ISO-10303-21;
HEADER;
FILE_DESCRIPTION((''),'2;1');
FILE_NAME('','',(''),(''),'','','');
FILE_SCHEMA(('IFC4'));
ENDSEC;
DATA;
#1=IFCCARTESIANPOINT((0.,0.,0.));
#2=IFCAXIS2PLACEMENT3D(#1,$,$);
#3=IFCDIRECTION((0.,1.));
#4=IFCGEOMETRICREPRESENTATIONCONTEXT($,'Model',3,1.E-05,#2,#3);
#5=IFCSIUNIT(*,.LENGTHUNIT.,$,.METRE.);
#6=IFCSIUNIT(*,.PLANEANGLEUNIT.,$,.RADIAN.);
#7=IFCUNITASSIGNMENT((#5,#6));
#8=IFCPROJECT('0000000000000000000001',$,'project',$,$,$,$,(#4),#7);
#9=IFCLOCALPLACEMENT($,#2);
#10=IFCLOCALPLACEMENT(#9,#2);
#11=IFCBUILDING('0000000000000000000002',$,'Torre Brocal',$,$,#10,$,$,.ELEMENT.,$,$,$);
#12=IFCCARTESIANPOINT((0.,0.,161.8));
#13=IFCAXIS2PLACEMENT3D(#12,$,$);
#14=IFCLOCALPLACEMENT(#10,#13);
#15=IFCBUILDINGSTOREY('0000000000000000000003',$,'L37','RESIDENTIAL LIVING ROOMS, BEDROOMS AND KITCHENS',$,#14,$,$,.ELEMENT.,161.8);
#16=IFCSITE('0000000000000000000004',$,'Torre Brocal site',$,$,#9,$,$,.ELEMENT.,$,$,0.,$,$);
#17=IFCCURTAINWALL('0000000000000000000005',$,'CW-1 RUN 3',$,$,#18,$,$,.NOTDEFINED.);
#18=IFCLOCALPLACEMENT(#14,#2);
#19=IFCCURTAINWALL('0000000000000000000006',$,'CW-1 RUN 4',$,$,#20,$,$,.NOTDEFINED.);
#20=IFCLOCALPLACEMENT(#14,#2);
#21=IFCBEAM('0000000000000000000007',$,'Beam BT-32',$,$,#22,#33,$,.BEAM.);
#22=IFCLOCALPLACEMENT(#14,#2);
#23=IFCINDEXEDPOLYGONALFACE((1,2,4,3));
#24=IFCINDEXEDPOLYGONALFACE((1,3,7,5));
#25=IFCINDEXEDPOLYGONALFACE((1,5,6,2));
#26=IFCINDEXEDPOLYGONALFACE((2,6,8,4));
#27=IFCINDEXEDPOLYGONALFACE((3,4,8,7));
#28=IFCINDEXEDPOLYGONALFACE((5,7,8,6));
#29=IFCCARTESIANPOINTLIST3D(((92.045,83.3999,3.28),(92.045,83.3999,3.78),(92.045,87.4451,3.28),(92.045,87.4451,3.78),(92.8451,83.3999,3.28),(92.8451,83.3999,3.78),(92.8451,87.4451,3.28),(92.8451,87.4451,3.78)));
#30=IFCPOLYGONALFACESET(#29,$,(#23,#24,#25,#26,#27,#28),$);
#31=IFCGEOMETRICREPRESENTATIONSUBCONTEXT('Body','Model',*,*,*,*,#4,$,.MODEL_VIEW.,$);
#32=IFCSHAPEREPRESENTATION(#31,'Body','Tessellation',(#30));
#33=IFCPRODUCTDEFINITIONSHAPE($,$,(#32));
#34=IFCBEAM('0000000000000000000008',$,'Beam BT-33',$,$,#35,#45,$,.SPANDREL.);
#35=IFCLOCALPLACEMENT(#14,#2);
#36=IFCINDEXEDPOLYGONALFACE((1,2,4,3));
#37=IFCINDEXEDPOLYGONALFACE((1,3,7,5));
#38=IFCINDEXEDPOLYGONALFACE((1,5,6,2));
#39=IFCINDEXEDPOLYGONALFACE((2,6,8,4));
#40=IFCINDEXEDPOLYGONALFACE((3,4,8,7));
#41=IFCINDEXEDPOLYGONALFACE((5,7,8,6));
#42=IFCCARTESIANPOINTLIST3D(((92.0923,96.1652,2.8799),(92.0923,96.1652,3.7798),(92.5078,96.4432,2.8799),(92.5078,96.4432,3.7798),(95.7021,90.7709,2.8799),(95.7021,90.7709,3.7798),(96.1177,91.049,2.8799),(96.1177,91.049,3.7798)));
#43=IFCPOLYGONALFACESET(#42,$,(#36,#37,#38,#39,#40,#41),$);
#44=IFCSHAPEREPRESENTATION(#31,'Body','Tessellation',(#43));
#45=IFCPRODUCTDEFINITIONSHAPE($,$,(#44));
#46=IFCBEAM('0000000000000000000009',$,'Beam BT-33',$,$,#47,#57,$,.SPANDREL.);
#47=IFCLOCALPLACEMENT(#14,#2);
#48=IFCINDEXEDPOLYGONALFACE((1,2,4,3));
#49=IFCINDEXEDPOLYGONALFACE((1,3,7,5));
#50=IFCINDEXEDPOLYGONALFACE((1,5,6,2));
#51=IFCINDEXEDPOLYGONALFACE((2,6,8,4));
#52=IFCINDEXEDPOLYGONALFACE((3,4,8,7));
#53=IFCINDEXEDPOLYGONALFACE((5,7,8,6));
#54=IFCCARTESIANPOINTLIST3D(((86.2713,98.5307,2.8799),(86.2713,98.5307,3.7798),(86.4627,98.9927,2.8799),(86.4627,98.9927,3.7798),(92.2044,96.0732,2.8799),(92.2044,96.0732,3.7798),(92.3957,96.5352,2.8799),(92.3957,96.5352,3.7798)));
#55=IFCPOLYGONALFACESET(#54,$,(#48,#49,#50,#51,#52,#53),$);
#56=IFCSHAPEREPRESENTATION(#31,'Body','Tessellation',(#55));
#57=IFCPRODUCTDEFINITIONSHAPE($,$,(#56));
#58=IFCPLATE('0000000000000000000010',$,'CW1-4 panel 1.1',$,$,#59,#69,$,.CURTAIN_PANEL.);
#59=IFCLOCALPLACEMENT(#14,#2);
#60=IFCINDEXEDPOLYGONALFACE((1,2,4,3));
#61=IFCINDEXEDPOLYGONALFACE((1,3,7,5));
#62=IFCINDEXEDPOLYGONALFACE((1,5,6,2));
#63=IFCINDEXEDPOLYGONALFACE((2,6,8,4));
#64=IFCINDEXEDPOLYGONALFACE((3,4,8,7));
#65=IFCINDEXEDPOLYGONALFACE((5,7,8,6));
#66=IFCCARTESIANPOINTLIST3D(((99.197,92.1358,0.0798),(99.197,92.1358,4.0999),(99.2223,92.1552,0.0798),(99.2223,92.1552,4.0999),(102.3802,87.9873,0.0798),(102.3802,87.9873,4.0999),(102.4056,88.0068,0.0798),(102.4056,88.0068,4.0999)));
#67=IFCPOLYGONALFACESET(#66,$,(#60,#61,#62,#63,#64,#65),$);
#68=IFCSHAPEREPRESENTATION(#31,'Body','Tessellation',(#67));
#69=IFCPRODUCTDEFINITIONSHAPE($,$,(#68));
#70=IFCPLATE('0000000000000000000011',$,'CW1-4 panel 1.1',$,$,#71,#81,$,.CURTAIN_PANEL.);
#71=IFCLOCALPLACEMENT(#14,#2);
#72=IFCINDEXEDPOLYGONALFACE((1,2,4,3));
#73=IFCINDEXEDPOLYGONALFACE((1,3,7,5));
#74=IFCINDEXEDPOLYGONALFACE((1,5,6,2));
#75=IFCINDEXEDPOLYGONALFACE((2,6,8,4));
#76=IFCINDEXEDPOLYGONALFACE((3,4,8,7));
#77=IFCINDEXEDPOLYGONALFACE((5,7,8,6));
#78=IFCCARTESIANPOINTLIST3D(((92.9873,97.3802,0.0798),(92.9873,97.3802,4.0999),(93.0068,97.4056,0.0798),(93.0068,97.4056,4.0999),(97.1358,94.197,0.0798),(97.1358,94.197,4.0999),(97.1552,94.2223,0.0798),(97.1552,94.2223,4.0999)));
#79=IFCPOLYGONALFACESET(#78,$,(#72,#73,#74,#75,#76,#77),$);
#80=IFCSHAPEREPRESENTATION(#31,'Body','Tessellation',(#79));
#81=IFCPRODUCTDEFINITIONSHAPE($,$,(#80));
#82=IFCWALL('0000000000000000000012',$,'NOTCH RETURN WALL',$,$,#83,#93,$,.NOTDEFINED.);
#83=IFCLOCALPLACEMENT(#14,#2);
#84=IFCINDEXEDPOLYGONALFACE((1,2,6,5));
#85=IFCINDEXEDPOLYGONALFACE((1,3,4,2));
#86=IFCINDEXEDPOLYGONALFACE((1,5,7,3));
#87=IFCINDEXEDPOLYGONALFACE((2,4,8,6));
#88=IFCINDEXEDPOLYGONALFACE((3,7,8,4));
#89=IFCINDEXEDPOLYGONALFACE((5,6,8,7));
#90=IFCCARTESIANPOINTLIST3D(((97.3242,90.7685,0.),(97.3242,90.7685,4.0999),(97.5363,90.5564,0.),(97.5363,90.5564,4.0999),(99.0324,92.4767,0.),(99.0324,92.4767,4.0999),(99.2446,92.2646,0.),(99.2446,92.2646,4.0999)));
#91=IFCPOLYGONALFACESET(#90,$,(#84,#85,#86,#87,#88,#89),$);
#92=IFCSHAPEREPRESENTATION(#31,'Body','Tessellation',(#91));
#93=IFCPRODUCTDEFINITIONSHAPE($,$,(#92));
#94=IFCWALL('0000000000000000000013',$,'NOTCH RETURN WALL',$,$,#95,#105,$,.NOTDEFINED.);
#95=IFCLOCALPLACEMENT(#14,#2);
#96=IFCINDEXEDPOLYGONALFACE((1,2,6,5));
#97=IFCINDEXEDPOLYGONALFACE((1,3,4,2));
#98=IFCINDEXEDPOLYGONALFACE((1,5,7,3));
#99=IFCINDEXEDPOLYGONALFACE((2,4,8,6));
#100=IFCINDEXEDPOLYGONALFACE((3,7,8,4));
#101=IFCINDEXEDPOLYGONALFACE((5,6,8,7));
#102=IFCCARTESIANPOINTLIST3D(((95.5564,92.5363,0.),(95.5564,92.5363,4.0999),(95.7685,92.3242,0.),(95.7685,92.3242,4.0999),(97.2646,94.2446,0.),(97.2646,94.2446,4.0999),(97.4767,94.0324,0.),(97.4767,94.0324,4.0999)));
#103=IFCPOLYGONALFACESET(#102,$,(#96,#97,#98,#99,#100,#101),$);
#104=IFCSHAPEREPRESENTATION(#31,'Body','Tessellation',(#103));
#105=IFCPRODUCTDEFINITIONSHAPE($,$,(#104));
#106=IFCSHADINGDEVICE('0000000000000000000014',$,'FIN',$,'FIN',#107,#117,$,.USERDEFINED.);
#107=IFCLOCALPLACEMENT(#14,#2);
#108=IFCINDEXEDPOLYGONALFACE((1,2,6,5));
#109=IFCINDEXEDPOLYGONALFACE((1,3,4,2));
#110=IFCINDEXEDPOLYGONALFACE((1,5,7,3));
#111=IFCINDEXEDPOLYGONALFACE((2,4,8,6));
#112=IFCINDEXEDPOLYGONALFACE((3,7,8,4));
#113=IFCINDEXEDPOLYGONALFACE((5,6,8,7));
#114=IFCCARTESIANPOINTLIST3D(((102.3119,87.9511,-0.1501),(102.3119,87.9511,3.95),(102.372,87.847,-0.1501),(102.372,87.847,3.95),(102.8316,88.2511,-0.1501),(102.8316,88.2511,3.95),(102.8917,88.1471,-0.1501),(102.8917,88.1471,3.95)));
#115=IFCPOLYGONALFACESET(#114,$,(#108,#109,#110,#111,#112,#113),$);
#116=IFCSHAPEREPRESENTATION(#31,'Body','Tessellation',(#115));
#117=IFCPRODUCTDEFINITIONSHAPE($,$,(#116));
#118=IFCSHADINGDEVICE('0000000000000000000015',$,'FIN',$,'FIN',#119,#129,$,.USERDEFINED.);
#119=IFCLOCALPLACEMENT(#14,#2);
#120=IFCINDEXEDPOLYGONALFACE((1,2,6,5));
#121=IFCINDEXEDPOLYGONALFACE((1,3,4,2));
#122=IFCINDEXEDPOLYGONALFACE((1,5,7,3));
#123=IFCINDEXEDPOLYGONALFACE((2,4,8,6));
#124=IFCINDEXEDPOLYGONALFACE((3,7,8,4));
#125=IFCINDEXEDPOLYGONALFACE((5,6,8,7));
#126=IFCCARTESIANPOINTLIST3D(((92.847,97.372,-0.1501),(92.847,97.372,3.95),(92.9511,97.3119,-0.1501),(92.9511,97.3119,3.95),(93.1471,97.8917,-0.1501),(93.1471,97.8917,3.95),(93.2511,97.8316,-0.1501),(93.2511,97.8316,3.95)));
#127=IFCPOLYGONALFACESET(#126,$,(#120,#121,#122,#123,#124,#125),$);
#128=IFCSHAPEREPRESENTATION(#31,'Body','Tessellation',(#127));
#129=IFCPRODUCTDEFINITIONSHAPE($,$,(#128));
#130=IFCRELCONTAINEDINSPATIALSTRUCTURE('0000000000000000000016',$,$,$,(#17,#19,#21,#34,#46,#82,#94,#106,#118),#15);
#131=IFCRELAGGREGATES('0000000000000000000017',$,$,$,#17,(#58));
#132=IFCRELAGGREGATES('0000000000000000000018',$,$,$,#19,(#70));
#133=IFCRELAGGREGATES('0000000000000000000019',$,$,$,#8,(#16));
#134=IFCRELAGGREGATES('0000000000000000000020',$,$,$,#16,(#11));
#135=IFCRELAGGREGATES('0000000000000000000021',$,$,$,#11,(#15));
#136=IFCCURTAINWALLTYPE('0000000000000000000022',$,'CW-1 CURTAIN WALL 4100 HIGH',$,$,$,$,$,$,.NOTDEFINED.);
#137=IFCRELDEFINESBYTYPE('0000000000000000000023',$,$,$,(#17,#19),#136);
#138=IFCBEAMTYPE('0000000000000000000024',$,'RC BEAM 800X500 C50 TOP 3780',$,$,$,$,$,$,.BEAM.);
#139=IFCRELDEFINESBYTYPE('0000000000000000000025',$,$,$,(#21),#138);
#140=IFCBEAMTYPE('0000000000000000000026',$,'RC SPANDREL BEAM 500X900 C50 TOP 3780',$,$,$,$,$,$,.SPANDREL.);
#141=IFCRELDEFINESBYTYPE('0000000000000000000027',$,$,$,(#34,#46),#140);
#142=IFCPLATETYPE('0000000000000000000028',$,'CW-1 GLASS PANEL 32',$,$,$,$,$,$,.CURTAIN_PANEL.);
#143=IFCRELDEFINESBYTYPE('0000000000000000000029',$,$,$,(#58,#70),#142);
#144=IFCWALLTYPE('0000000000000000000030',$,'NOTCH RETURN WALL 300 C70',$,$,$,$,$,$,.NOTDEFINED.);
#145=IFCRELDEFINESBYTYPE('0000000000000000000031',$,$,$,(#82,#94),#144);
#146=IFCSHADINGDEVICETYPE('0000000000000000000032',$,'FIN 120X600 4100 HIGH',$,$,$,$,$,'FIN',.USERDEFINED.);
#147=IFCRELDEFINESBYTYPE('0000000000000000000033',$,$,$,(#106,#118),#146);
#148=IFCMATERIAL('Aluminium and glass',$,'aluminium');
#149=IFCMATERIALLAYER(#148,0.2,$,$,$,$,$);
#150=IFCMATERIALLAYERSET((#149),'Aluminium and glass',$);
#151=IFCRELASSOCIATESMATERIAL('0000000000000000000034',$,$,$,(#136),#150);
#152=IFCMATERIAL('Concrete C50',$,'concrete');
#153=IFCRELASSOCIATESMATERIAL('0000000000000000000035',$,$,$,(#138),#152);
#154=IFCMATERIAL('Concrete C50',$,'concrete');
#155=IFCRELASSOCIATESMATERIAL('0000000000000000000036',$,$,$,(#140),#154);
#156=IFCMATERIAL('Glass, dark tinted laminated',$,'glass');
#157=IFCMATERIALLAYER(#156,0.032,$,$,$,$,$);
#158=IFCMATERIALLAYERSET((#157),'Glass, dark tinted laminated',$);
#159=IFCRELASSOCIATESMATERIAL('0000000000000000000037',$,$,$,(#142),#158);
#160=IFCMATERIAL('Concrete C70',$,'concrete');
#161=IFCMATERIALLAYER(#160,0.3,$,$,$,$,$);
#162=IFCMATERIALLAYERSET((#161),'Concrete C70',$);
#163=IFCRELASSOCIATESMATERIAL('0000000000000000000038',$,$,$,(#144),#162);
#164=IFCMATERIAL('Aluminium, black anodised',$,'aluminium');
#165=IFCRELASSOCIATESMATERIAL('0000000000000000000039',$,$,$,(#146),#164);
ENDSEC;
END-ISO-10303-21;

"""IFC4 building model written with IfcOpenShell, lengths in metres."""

from ifc_helpers import new_model, si_unit, direction, frame, frame_2d, origin, origin_2d, place, context, subcontext, project, spatial, rectangle, extrude, material, layer, layer_set, material_profile, profile_set, type_object, element, aggregate, save


model = new_model("IFC4")

# Units and contexts
model_context = context("Model", 3, precision=1e-05, world=origin(), true_north=direction((0.0, 1.0)))
body_context = subcontext(model_context, "Body", "Model", "MODEL_VIEW")
ifc_project = project(units=[si_unit("LENGTHUNIT", "METRE"), si_unit("PLANEANGLEUNIT", "RADIAN")], contexts=[model_context])

# Site, building, storey
site_placement = place(None, origin())
site = spatial("IfcSite", under=ifc_project, at=site_placement, Name="Torre Brocal site", CompositionType="ELEMENT", RefElevation=0.0)
building_placement = place(site_placement, origin())
building = spatial("IfcBuilding", under=site, at=building_placement, Name="Torre Brocal", CompositionType="ELEMENT")
storey_placement = place(building_placement, frame((0.0, 0.0, 161.8)))
storey = spatial("IfcBuildingStorey", under=building, at=storey_placement, Name="L37", Description="RESIDENTIAL LIVING ROOMS, BEDROOMS AND KITCHENS", CompositionType="ELEMENT", Elevation=161.8)

# Shared definitions
ifc_material_1 = material(Name="Aluminium and glass", Category="aluminium")
ifc_layer_1 = layer(ifc_material_1, 0.2)
ifc_layer_set_1 = layer_set([ifc_layer_1], Name="Aluminium and glass")
curtain_wall_type = type_object("IfcCurtainWallType", Name="CW-1 CURTAIN WALL 4100 HIGH", PredefinedType="NOTDEFINED", material=ifc_layer_set_1)

# Curtain walls
curtain_wall_1_placement = place(storey_placement, origin())
curtain_wall_1 = element("IfcCurtainWall", 1, at=curtain_wall_1_placement, inside=storey, type_object=curtain_wall_type, Name="CW-1 RUN 3", PredefinedType="NOTDEFINED")
curtain_wall_2_placement = place(storey_placement, origin())
curtain_wall_2 = element("IfcCurtainWall", 2, at=curtain_wall_2_placement, inside=storey, type_object=curtain_wall_type, Name="CW-1 RUN 4", PredefinedType="NOTDEFINED")

# Beams
ifc_material_2 = material(Name="Concrete C50", Category="concrete")
ifc_material_profile_1 = material_profile(ifc_material_2, rectangle(XDim=0.8, YDim=0.5, at=origin_2d()), Name="RC 800X500")
ifc_profile_set_1 = profile_set([ifc_material_profile_1], Name="Concrete C50")
beam_type_1 = type_object("IfcBeamType", Name="RC BEAM 800X500 C50 TOP 3780", PredefinedType="BEAM", material=ifc_profile_set_1)
beam_1_placement = place(storey_placement, frame((92.4451, 87.4451, 3.53), z_axis=(0.0, -1.0, 0.0), x_axis=(1.0, 0.0, 0.0)))
element("IfcBeam", 3, at=beam_1_placement, inside=storey, type_object=beam_type_1, Name="Beam BT-32", PredefinedType="BEAM", context=body_context, shape_type="SweptSolid", body=[
    extrude(rectangle(XDim=0.8, YDim=0.5, at=origin_2d()), origin(), (0.0, 0.0, 1.0), 4.0452),
])
ifc_material_3 = material(Name="Concrete C50", Category="concrete")
ifc_material_profile_2 = material_profile(ifc_material_3, rectangle(XDim=0.5, YDim=0.8999, at=origin_2d()), Name="RC 500X900")
ifc_profile_set_2 = profile_set([ifc_material_profile_2], Name="Concrete C50")
beam_type_2 = type_object("IfcBeamType", Name="RC SPANDREL BEAM 500X900 C50 TOP 3780", PredefinedType="SPANDREL", material=ifc_profile_set_2)
beam_2_placement = place(storey_placement, frame((95.9099, 90.9099, 3.3298), z_axis=(-0.556158, 0.831077, 0.0), x_axis=(-0.831077, -0.556158, 0.0)))
element("IfcBeam", 4, at=beam_2_placement, inside=storey, type_object=beam_type_2, Name="Beam BT-33", PredefinedType="SPANDREL", context=body_context, shape_type="SweptSolid", body=[
    extrude(rectangle(XDim=0.5, YDim=0.8999, at=origin_2d()), origin(), (0.0, 0.0, 1.0), 6.4907),
])
beam_3_placement = place(storey_placement, frame((92.3, 96.3042, 3.3298), z_axis=(-0.923882, 0.382676, 0.0), x_axis=(-0.382676, -0.923882, 0.0)))
element("IfcBeam", 5, at=beam_3_placement, inside=storey, type_object=beam_type_2, Name="Beam BT-33", PredefinedType="SPANDREL", context=body_context, shape_type="SweptSolid", body=[
    extrude(rectangle(XDim=0.5, YDim=0.8999, at=origin_2d()), origin(), (0.0, 0.0, 1.0), 6.4219),
])

# Plates
ifc_material_4 = material(Name="Glass, dark tinted laminated", Category="glass")
ifc_layer_2 = layer(ifc_material_4, 0.032)
ifc_layer_set_2 = layer_set([ifc_layer_2], Name="Glass, dark tinted laminated")
plate_type = type_object("IfcPlateType", Name="CW-1 GLASS PANEL 32", PredefinedType="CURTAIN_PANEL", material=ifc_layer_set_2)
plate_1_placement = place(storey_placement, frame((100.8013, 90.0713, 0.0798), z_axis=(0.0, 0.0, 1.0), x_axis=(-0.608761, 0.793353, 0.0)))
plate_1 = element("IfcPlate", 6, at=plate_1_placement, type_object=plate_type, Name="CW1-4 panel 1.1", PredefinedType="CURTAIN_PANEL", context=body_context, shape_type="SweptSolid", body=[
    extrude(rectangle(XDim=5.229, YDim=0.032, at=origin_2d()), origin(), (0.0, 0.0, 1.0), 4.02),
])
aggregate(curtain_wall_1, [plate_1])
plate_2_placement = place(storey_placement, frame((95.0713, 95.8013, 0.0798), z_axis=(0.0, 0.0, 1.0), x_axis=(-0.793353, 0.608761, 0.0)))
plate_2 = element("IfcPlate", 7, at=plate_2_placement, type_object=plate_type, Name="CW1-4 panel 1.1", PredefinedType="CURTAIN_PANEL", context=body_context, shape_type="SweptSolid", body=[
    extrude(rectangle(XDim=5.229, YDim=0.032, at=origin_2d()), origin(), (0.0, 0.0, 1.0), 4.02),
])
aggregate(curtain_wall_2, [plate_2])

# Walls
ifc_material_5 = material(Name="Concrete C70", Category="concrete")
ifc_layer_3 = layer(ifc_material_5, 0.3)
ifc_layer_set_3 = layer_set([ifc_layer_3], Name="Concrete C70")
wall_type = type_object("IfcWallType", Name="NOTCH RETURN WALL 300 C70", PredefinedType="NOTDEFINED", material=ifc_layer_set_3)
for number, where, z_axis, x_axis, name in (
    (8, (97.4302, 90.6624, 0.0), (0.0, 0.0, 1.0), (0.707107, 0.707107, 0.0), "NOTCH RETURN WALL"),
    (9, (95.6624, 92.4302, 0.0), (0.0, 0.0, 1.0), (0.707107, 0.707107, 0.0), "NOTCH RETURN WALL"),
):
    element("IfcWall", number, at=place(storey_placement, frame(where, z_axis=z_axis, x_axis=x_axis)), inside=storey, type_object=wall_type, Name=name, PredefinedType="NOTDEFINED", context=body_context, shape_type="SweptSolid", body=[
        extrude(rectangle(XDim=2.4158, YDim=0.3, at=frame_2d((1.208, 0.0))), origin(), (0.0, 0.0, 1.0), 4.0999),
    ])

# Shading devices
ifc_material_6 = material(Name="Aluminium, black anodised", Category="aluminium")
ifc_material_profile_3 = material_profile(ifc_material_6, rectangle(XDim=0.1201, YDim=0.6001, at=origin_2d()), Name="FIN 120X600 4100 HIGH")
ifc_profile_set_3 = profile_set([ifc_material_profile_3], Name="Aluminium, black anodised")
shading_device_type = type_object("IfcShadingDeviceType", Name="FIN 120X600 4100 HIGH", ElementType="FIN", PredefinedType="USERDEFINED", material=ifc_profile_set_3)
for number, where, z_axis, x_axis, name in (
    (10, (102.6018, 88.0491, -0.1501), (0.0, 0.0, 1.0), (-0.5, 0.866025, 0.0), "FIN"),
    (11, (93.0491, 97.6018, -0.1501), (0.0, 0.0, 1.0), (-0.866025, 0.5, 0.0), "FIN"),
):
    element("IfcShadingDevice", number, at=place(storey_placement, frame(where, z_axis=z_axis, x_axis=x_axis)), inside=storey, type_object=shading_device_type, Name=name, ObjectType="FIN", PredefinedType="USERDEFINED", context=body_context, shape_type="SweptSolid", body=[
        extrude(rectangle(XDim=0.1201, YDim=0.6001, at=origin_2d()), origin(), (0.0, 0.0, 1.0), 4.1001),
    ])

save(model, "model.ifc")
